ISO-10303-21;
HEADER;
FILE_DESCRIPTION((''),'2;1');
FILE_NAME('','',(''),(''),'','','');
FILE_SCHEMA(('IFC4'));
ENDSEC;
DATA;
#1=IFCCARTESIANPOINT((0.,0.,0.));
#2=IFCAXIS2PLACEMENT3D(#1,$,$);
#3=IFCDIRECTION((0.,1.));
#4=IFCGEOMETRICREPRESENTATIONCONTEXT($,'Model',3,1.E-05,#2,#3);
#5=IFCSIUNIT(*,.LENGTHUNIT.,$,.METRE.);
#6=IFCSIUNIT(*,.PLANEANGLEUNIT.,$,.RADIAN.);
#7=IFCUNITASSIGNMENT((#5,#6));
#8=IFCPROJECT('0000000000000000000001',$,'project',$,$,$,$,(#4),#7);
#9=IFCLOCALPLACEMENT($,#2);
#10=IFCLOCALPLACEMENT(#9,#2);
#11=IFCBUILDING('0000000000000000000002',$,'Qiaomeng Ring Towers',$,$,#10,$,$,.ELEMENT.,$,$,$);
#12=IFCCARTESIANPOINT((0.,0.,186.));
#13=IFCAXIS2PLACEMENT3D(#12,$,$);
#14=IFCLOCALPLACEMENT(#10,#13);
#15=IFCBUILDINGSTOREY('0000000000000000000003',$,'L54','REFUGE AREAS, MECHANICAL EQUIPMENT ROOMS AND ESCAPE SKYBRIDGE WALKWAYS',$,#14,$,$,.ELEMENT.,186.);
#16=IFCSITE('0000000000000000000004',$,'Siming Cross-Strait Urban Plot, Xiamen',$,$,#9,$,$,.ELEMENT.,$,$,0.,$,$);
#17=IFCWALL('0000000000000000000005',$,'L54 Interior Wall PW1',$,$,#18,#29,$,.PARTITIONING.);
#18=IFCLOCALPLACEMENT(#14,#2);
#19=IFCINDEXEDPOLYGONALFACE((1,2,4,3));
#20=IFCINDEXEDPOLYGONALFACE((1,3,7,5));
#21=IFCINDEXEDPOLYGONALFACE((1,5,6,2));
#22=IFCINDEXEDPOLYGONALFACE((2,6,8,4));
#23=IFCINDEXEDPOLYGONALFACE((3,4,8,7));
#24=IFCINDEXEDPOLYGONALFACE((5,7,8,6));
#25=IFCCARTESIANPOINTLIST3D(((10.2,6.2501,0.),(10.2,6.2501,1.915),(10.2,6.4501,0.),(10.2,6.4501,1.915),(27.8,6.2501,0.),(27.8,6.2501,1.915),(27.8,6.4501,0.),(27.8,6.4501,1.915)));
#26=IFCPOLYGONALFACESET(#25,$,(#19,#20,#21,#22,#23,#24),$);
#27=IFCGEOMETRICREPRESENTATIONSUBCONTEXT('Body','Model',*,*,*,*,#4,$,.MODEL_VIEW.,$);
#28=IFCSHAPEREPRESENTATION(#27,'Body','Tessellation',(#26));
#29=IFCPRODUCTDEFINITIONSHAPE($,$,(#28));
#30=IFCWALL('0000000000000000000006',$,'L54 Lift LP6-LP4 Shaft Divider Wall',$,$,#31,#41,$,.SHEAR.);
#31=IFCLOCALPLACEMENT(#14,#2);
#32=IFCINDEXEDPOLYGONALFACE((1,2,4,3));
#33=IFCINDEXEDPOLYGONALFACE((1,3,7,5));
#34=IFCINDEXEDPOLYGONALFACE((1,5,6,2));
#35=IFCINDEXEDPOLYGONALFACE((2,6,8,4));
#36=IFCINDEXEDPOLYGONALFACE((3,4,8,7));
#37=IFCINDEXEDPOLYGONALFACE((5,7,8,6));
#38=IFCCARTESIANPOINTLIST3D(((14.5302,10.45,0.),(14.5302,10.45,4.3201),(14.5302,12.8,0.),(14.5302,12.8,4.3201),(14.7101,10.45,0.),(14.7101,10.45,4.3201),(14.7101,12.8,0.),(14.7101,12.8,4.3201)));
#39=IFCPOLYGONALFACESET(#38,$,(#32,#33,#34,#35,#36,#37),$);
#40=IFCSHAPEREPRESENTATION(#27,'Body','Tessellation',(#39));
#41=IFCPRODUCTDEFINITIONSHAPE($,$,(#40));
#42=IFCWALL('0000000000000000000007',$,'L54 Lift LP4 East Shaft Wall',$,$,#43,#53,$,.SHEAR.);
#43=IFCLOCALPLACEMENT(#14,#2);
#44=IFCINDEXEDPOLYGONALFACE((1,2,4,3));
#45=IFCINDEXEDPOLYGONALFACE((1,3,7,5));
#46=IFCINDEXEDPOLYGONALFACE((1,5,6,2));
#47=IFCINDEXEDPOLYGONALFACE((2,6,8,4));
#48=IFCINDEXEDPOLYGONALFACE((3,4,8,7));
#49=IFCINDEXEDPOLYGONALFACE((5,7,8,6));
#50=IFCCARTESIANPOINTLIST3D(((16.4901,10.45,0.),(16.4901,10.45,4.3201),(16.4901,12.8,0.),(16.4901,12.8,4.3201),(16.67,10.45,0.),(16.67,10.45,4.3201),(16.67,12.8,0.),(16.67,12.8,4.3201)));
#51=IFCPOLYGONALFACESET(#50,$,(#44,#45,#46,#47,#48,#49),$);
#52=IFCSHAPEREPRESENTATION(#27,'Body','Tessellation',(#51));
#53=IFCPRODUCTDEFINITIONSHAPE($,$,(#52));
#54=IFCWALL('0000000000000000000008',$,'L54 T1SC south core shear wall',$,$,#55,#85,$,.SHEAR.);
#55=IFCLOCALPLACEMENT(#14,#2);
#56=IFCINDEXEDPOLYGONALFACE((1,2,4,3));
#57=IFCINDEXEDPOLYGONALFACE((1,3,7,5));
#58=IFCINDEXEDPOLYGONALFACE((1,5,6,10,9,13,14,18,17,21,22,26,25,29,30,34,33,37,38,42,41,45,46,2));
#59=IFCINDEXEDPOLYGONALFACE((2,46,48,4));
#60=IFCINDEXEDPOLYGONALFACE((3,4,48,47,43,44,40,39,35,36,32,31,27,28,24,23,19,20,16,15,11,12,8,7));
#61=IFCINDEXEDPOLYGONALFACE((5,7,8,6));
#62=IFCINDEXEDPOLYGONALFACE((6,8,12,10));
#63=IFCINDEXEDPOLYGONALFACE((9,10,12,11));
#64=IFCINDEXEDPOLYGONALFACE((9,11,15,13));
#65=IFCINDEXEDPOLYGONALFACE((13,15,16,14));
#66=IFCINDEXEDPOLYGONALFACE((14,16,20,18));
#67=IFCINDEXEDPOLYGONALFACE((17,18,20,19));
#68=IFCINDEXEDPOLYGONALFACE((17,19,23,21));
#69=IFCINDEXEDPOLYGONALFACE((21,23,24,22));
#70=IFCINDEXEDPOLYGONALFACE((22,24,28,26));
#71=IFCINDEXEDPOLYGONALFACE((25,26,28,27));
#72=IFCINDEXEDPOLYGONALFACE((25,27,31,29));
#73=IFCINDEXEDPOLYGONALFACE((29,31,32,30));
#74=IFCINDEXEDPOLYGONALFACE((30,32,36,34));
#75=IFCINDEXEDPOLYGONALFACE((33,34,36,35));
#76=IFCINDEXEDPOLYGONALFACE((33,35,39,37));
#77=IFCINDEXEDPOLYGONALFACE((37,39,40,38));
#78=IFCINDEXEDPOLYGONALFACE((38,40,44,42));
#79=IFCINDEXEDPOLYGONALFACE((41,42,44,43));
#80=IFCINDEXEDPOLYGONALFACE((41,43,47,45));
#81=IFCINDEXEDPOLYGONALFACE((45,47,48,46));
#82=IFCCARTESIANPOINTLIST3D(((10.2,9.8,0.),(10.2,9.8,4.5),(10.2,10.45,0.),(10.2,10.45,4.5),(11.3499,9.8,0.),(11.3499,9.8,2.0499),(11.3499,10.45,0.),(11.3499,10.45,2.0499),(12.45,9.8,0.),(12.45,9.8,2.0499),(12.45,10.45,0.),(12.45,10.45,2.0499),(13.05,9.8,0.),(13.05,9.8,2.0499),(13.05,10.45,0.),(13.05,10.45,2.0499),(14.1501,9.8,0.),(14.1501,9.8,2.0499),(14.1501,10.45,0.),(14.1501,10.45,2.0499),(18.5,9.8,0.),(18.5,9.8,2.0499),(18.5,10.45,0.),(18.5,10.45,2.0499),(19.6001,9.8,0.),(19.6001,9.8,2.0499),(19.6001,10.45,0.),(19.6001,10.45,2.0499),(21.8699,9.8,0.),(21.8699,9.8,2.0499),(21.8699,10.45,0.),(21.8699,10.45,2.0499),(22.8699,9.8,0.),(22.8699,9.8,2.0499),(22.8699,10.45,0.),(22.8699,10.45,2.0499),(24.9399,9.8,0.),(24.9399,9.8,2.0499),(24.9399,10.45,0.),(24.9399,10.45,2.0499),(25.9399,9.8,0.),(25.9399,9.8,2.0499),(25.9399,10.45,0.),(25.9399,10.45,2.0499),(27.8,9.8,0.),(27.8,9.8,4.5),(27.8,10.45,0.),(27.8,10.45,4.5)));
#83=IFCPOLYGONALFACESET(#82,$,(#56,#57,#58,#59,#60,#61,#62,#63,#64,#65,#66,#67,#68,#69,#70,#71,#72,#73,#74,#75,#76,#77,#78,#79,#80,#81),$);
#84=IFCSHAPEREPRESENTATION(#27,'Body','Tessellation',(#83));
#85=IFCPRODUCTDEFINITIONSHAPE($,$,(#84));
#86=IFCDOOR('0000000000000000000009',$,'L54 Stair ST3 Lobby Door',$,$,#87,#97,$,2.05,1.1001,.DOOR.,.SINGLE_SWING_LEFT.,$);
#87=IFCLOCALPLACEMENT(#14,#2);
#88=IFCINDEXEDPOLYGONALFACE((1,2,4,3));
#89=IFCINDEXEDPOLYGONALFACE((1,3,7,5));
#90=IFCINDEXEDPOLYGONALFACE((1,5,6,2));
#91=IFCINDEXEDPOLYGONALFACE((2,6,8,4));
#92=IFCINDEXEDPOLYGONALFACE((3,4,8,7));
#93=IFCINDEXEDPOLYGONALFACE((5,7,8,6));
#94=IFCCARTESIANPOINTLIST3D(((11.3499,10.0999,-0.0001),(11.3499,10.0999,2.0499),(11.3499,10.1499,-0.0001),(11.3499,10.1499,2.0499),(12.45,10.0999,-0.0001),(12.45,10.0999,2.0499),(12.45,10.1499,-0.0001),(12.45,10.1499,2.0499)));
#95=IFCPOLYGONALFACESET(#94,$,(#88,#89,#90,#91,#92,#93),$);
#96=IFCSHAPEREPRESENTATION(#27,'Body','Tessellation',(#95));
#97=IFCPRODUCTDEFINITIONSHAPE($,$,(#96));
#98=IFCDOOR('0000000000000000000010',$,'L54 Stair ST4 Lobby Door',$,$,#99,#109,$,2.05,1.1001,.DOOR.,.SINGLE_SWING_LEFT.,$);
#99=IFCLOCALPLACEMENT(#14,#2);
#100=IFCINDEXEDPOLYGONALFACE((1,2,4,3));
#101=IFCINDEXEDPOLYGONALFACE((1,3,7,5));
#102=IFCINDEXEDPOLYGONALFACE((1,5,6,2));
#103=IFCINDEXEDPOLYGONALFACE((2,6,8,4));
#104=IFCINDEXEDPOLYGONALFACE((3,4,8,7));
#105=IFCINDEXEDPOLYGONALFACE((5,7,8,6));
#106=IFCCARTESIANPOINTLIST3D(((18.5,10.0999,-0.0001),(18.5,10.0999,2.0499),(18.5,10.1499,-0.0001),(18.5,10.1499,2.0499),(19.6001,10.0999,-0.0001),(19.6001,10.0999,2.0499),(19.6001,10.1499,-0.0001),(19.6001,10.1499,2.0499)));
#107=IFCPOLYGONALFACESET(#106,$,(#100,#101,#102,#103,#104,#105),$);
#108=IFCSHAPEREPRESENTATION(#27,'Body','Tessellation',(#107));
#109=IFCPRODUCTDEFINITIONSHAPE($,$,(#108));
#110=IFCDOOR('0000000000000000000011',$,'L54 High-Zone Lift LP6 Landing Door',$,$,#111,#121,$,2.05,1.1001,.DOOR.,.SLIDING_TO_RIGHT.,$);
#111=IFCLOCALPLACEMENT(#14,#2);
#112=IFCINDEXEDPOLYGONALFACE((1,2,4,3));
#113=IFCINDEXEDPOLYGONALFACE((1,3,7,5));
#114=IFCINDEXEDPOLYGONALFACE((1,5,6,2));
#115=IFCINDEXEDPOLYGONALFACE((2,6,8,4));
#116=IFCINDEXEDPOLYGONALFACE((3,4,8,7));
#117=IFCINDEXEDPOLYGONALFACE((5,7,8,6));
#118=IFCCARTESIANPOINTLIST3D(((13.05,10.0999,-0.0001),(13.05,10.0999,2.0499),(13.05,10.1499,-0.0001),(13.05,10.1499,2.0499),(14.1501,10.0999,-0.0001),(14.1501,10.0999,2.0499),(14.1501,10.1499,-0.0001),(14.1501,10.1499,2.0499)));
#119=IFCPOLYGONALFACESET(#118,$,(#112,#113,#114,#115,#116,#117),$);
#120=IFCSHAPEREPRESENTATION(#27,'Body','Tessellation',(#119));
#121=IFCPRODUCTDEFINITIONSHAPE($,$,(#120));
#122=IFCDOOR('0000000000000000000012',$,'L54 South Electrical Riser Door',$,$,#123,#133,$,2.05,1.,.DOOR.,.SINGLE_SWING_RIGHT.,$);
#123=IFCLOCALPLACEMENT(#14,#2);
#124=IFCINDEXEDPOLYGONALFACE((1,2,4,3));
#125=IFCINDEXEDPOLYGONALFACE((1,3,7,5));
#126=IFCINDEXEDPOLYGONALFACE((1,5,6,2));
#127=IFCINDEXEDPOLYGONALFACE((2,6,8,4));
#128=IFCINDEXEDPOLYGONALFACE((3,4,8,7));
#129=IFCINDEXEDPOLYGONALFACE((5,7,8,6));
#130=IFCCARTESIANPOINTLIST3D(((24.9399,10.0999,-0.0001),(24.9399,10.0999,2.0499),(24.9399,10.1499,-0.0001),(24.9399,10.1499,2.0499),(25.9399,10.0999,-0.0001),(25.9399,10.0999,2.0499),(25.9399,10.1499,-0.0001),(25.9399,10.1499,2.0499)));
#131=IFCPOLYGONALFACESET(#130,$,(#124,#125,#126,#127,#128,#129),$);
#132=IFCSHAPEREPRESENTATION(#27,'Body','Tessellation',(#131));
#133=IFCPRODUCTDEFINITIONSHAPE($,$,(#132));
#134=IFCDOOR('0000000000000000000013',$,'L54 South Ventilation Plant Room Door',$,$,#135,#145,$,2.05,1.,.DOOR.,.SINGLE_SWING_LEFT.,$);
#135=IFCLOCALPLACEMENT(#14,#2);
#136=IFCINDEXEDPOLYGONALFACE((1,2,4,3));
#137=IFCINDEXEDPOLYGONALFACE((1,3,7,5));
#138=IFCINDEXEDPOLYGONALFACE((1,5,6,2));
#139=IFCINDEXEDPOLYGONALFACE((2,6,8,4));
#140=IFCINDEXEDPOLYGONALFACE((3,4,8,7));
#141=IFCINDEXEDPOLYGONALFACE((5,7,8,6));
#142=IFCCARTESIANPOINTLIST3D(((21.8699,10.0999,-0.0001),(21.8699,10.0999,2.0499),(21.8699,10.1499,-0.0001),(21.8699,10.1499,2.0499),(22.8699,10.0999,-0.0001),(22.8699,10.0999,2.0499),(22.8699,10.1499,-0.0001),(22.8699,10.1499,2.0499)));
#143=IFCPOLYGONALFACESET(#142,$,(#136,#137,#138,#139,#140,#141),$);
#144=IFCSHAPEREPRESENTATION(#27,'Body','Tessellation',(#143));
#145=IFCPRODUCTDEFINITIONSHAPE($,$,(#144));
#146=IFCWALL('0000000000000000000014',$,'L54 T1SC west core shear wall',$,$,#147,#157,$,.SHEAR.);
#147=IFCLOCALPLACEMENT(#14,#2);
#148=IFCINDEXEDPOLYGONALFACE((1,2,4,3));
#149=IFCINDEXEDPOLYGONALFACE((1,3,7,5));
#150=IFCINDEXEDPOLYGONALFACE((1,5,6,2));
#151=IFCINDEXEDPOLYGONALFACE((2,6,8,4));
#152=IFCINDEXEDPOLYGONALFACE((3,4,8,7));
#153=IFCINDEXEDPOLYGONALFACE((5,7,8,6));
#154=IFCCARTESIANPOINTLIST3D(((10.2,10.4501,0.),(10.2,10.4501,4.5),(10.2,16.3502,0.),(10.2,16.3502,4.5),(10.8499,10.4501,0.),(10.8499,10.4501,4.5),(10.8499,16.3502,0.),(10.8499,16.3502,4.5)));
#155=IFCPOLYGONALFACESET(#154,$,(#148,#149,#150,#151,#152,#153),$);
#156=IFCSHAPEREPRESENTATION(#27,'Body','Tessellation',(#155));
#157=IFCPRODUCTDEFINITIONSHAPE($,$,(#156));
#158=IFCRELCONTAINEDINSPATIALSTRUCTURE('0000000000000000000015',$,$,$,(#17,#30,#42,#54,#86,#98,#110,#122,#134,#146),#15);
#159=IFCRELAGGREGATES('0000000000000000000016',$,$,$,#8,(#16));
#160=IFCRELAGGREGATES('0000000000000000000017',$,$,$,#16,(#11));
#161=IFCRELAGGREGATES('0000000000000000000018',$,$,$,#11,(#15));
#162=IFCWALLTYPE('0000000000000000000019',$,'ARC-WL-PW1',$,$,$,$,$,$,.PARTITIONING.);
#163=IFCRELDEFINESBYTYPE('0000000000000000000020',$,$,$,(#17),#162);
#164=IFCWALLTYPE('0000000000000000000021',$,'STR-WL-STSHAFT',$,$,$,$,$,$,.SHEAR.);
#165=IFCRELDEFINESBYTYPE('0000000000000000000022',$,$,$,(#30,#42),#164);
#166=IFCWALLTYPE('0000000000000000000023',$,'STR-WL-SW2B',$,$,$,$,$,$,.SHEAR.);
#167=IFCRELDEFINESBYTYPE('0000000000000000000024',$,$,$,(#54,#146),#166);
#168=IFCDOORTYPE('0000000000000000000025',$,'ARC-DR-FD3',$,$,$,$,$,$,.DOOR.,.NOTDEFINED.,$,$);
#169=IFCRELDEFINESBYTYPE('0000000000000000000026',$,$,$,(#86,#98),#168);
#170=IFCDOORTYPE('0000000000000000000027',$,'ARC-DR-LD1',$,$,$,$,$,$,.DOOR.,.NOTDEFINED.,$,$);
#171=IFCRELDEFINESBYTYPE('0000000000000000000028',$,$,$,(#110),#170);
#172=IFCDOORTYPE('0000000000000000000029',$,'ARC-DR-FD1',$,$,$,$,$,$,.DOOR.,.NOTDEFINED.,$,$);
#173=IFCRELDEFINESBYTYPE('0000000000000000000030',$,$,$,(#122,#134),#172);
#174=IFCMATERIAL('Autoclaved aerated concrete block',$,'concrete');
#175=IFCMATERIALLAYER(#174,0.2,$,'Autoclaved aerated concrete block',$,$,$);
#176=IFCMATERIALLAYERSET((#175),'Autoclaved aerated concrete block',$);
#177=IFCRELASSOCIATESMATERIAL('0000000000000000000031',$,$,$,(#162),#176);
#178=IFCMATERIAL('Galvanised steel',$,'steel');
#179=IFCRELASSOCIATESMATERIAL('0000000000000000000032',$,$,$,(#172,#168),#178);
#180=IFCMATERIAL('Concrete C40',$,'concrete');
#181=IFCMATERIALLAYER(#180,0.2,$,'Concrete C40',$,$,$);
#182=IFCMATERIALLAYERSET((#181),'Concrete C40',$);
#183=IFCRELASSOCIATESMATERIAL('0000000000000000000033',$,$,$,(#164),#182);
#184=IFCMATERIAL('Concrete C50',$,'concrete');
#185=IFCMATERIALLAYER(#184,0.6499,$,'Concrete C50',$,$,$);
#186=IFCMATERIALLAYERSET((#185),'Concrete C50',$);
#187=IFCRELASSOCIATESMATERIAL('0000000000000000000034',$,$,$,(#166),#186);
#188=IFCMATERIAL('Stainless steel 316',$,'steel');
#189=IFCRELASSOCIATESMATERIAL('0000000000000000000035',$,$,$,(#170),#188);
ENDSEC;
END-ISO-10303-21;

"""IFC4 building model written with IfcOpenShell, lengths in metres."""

from ifc_helpers import new_model, si_unit, direction, frame, frame_2d, origin, place, context, subcontext, project, spatial, rectangle, extrude, source, transform, mapped, material, layer, layer_set, type_object, element, fill, save


model = new_model("IFC4")

# Units and contexts
model_context = context("Model", 3, precision=1e-05, world=origin(), true_north=direction((0.0, 1.0)))
body_context = subcontext(model_context, "Body", "Model", "MODEL_VIEW")
ifc_project = project(units=[si_unit("LENGTHUNIT", "METRE"), si_unit("PLANEANGLEUNIT", "RADIAN")], contexts=[model_context])

# Site, building, storey
site_placement = place(None, origin())
site = spatial("IfcSite", under=ifc_project, at=site_placement, Name="Siming Cross-Strait Urban Plot, Xiamen", CompositionType="ELEMENT", RefElevation=0.0)
building_placement = place(site_placement, origin())
building = spatial("IfcBuilding", under=site, at=building_placement, Name="Qiaomeng Ring Towers", CompositionType="ELEMENT")
storey_placement = place(building_placement, frame((0.0, 0.0, 186.0)))
storey = spatial("IfcBuildingStorey", under=building, at=storey_placement, Name="L54", Description="REFUGE AREAS, MECHANICAL EQUIPMENT ROOMS AND ESCAPE SKYBRIDGE WALKWAYS", CompositionType="ELEMENT", Elevation=186.0)

# Shared definitions
ifc_material_1 = material(Name="Autoclaved aerated concrete block", Category="concrete")
ifc_layer_1 = layer(ifc_material_1, 0.2, Name="Autoclaved aerated concrete block")
ifc_layer_set_1 = layer_set([ifc_layer_1], Name="Autoclaved aerated concrete block")
wall_type_1 = type_object("IfcWallType", Name="ARC-WL-PW1", PredefinedType="PARTITIONING", material=ifc_layer_set_1)

# Shared definitions
ifc_material_2 = material(Name="Galvanised steel", Category="steel")
door_type_1 = type_object("IfcDoorType", Name="ARC-DR-FD1", OperationType="NOTDEFINED", PredefinedType="DOOR", material=ifc_material_2)
shared_shape_1 = source(origin(), body_context, "Body", "SweptSolid", [
    extrude(rectangle(XDim=1.0, YDim=2.05, at=frame_2d((0.5, 1.0249))), frame((0.0, 0.0249, 0.0), z_axis=(0.0, -1.0, 0.0), x_axis=(1.0, 0.0, 0.0)), (0.0, 0.0, 1.0), 0.05),
])

# Walls
wall_1_placement = place(storey_placement, frame((10.2, 6.3501, 0.0), z_axis=(0.0, 0.0, 1.0), x_axis=(1.0, 0.0, 0.0)))
element("IfcWall", 1, at=wall_1_placement, inside=storey, type_object=wall_type_1, Name="L54 Interior Wall PW1", PredefinedType="PARTITIONING", context=body_context, shape_type="SweptSolid", body=[
    extrude(rectangle(XDim=17.6001, YDim=0.2, at=frame_2d((8.8, 0.0))), origin(), (0.0, 0.0, 1.0), 1.915),
])
ifc_material_3 = material(Name="Concrete C40", Category="concrete")
ifc_layer_2 = layer(ifc_material_3, 0.2, Name="Concrete C40")
ifc_layer_set_2 = layer_set([ifc_layer_2], Name="Concrete C40")
wall_type_2 = type_object("IfcWallType", Name="STR-WL-STSHAFT", PredefinedType="SHEAR", material=ifc_layer_set_2)
for number, where, z_axis, x_axis, name in (
    (2, (14.6201, 10.45, 0.0), (0.0, 0.0, 1.0), (0.0, 1.0, 0.0), "L54 Lift LP6-LP4 Shaft Divider Wall"),
    (3, (16.5801, 10.45, 0.0), (0.0, 0.0, 1.0), (0.0, 1.0, 0.0), "L54 Lift LP4 East Shaft Wall"),
):
    element("IfcWall", number, at=place(storey_placement, frame(where, z_axis=z_axis, x_axis=x_axis)), inside=storey, type_object=wall_type_2, Name=name, PredefinedType="SHEAR", context=body_context, shape_type="SweptSolid", body=[
        extrude(rectangle(XDim=2.3501, YDim=0.1799, at=frame_2d((1.175, 0.0))), origin(), (0.0, 0.0, 1.0), 4.3201),
    ])

# Wall, openings, doors
ifc_material_4 = material(Name="Concrete C50", Category="concrete")
ifc_layer_3 = layer(ifc_material_4, 0.6499, Name="Concrete C50")
ifc_layer_set_3 = layer_set([ifc_layer_3], Name="Concrete C50")
wall_type_3 = type_object("IfcWallType", Name="STR-WL-SW2B", PredefinedType="SHEAR", material=ifc_layer_set_3)
wall_2_placement = place(storey_placement, frame((10.2, 10.125, 0.0), z_axis=(0.0, 0.0, 1.0), x_axis=(1.0, 0.0, 0.0)))
wall_2 = element("IfcWall", 4, at=wall_2_placement, inside=storey, type_object=wall_type_3, Name="L54 T1SC south core shear wall", PredefinedType="SHEAR", context=body_context, shape_type="SweptSolid", body=[
    extrude(rectangle(XDim=17.6001, YDim=0.6499, at=frame_2d((8.8, 0.0))), origin(), (0.0, 0.0, 1.0), 4.5),
])
opening_1_placement = place(wall_2_placement, frame((1.1499, 0.0, 0.0)))
opening_1 = element("IfcOpeningElement", 5, at=opening_1_placement, cuts=wall_2, PredefinedType="OPENING", context=body_context, shape_type="SweptSolid", body=[
    extrude(rectangle(XDim=1.1001, YDim=2.05, at=frame_2d((0.55, 1.0249))), frame((0.0, 0.335, 0.0), z_axis=(0.0, -1.0, 0.0), x_axis=(1.0, 0.0, 0.0)), (0.0, 0.0, 1.0), 0.6699),
])
opening_2_placement = place(wall_2_placement, frame((8.3, 0.0, 0.0)))
opening_2 = element("IfcOpeningElement", 6, at=opening_2_placement, cuts=wall_2, PredefinedType="OPENING", context=body_context, shape_type="SweptSolid", body=[
    extrude(rectangle(XDim=1.1001, YDim=2.05, at=frame_2d((0.55, 1.0249))), frame((0.0, 0.335, 0.0), z_axis=(0.0, -1.0, 0.0), x_axis=(1.0, 0.0, 0.0)), (0.0, 0.0, 1.0), 0.6699),
])
opening_3_placement = place(wall_2_placement, frame((2.8501, 0.0, 0.0)))
opening_3 = element("IfcOpeningElement", 7, at=opening_3_placement, cuts=wall_2, PredefinedType="OPENING", context=body_context, shape_type="SweptSolid", body=[
    extrude(rectangle(XDim=1.1001, YDim=2.05, at=frame_2d((0.55, 1.0249))), frame((0.0, 0.335, 0.0), z_axis=(0.0, -1.0, 0.0), x_axis=(1.0, 0.0, 0.0)), (0.0, 0.0, 1.0), 0.6699),
])
opening_4_placement = place(wall_2_placement, frame((14.74, 0.0, 0.0)))
opening_4 = element("IfcOpeningElement", 8, at=opening_4_placement, cuts=wall_2, PredefinedType="OPENING", context=body_context, shape_type="SweptSolid", body=[
    extrude(rectangle(XDim=1.0, YDim=2.05, at=frame_2d((0.5, 1.0249))), frame((0.0, 0.335, 0.0), z_axis=(0.0, -1.0, 0.0), x_axis=(1.0, 0.0, 0.0)), (0.0, 0.0, 1.0), 0.6699),
])
opening_5_placement = place(wall_2_placement, frame((11.6699, 0.0, 0.0)))
opening_5 = element("IfcOpeningElement", 9, at=opening_5_placement, cuts=wall_2, PredefinedType="OPENING", context=body_context, shape_type="SweptSolid", body=[
    extrude(rectangle(XDim=1.0, YDim=2.05, at=frame_2d((0.5, 1.0249))), frame((0.0, 0.335, 0.0), z_axis=(0.0, -1.0, 0.0), x_axis=(1.0, 0.0, 0.0)), (0.0, 0.0, 1.0), 0.6699),
])
door_type_2 = type_object("IfcDoorType", Name="ARC-DR-FD3", OperationType="NOTDEFINED", PredefinedType="DOOR", material=ifc_material_2)
shared_shape_2 = source(origin(), body_context, "Body", "SweptSolid", [
    extrude(rectangle(XDim=1.1001, YDim=2.05, at=frame_2d((0.55, 1.0249))), frame((0.0, 0.0249, 0.0), z_axis=(0.0, -1.0, 0.0), x_axis=(1.0, 0.0, 0.0)), (0.0, 0.0, 1.0), 0.05),
])
door_1_placement = place(opening_1_placement, origin())
door_1 = element("IfcDoor", 10, at=door_1_placement, inside=storey, type_object=door_type_2, Name="L54 Stair ST3 Lobby Door", OperationType="SINGLE_SWING_LEFT", OverallHeight=2.05, OverallWidth=1.1001, PredefinedType="DOOR", context=body_context, shape_type="MappedRepresentation", body=[
    mapped(shared_shape_2, transform((0.0, 0.0, 0.0), x_axis=(1.0, 0.0, 0.0), y_axis=(0.0, 1.0, 0.0), z_axis=(0.0, 0.0, 1.0), scale=1.0)),
])
fill(opening_1, door_1)
door_2_placement = place(opening_2_placement, origin())
door_2 = element("IfcDoor", 11, at=door_2_placement, inside=storey, type_object=door_type_2, Name="L54 Stair ST4 Lobby Door", OperationType="SINGLE_SWING_LEFT", OverallHeight=2.05, OverallWidth=1.1001, PredefinedType="DOOR", context=body_context, shape_type="MappedRepresentation", body=[
    mapped(shared_shape_2, transform((0.0, 0.0, 0.0), x_axis=(1.0, 0.0, 0.0), y_axis=(0.0, 1.0, 0.0), z_axis=(0.0, 0.0, 1.0), scale=1.0)),
])
fill(opening_2, door_2)
ifc_material_5 = material(Name="Stainless steel 316", Category="steel")
door_type_3 = type_object("IfcDoorType", Name="ARC-DR-LD1", OperationType="NOTDEFINED", PredefinedType="DOOR", material=ifc_material_5)
door_3_placement = place(opening_3_placement, origin())
door_3 = element("IfcDoor", 12, at=door_3_placement, inside=storey, type_object=door_type_3, Name="L54 High-Zone Lift LP6 Landing Door", OperationType="SLIDING_TO_RIGHT", OverallHeight=2.05, OverallWidth=1.1001, PredefinedType="DOOR", context=body_context, shape_type="MappedRepresentation", body=[
    mapped(shared_shape_2, transform((0.0, 0.0, 0.0), x_axis=(1.0, 0.0, 0.0), y_axis=(0.0, 1.0, 0.0), z_axis=(0.0, 0.0, 1.0), scale=1.0)),
])
fill(opening_3, door_3)
door_4_placement = place(opening_4_placement, origin())
door_4 = element("IfcDoor", 13, at=door_4_placement, inside=storey, type_object=door_type_1, Name="L54 South Electrical Riser Door", OperationType="SINGLE_SWING_RIGHT", OverallHeight=2.05, OverallWidth=1.0, PredefinedType="DOOR", context=body_context, shape_type="MappedRepresentation", body=[
    mapped(shared_shape_1, transform((0.0, 0.0, 0.0), x_axis=(1.0, 0.0, 0.0), y_axis=(0.0, 1.0, 0.0), z_axis=(0.0, 0.0, 1.0), scale=1.0)),
])
fill(opening_4, door_4)
door_5_placement = place(opening_5_placement, origin())
door_5 = element("IfcDoor", 14, at=door_5_placement, inside=storey, type_object=door_type_1, Name="L54 South Ventilation Plant Room Door", OperationType="SINGLE_SWING_LEFT", OverallHeight=2.05, OverallWidth=1.0, PredefinedType="DOOR", context=body_context, shape_type="MappedRepresentation", body=[
    mapped(shared_shape_1, transform((0.0, 0.0, 0.0), x_axis=(1.0, 0.0, 0.0), y_axis=(0.0, 1.0, 0.0), z_axis=(0.0, 0.0, 1.0), scale=1.0)),
])
fill(opening_5, door_5)

# Wall
wall_3_placement = place(storey_placement, frame((10.5249, 10.45, 0.0), z_axis=(0.0, 0.0, 1.0), x_axis=(0.0, 1.0, 0.0)))
element("IfcWall", 15, at=wall_3_placement, inside=storey, type_object=wall_type_3, Name="L54 T1SC west core shear wall", PredefinedType="SHEAR", context=body_context, shape_type="SweptSolid", body=[
    extrude(rectangle(XDim=5.9001, YDim=0.6499, at=frame_2d((2.9502, 0.0))), origin(), (0.0, 0.0, 1.0), 4.5),
])

save(model, "model.ifc")
